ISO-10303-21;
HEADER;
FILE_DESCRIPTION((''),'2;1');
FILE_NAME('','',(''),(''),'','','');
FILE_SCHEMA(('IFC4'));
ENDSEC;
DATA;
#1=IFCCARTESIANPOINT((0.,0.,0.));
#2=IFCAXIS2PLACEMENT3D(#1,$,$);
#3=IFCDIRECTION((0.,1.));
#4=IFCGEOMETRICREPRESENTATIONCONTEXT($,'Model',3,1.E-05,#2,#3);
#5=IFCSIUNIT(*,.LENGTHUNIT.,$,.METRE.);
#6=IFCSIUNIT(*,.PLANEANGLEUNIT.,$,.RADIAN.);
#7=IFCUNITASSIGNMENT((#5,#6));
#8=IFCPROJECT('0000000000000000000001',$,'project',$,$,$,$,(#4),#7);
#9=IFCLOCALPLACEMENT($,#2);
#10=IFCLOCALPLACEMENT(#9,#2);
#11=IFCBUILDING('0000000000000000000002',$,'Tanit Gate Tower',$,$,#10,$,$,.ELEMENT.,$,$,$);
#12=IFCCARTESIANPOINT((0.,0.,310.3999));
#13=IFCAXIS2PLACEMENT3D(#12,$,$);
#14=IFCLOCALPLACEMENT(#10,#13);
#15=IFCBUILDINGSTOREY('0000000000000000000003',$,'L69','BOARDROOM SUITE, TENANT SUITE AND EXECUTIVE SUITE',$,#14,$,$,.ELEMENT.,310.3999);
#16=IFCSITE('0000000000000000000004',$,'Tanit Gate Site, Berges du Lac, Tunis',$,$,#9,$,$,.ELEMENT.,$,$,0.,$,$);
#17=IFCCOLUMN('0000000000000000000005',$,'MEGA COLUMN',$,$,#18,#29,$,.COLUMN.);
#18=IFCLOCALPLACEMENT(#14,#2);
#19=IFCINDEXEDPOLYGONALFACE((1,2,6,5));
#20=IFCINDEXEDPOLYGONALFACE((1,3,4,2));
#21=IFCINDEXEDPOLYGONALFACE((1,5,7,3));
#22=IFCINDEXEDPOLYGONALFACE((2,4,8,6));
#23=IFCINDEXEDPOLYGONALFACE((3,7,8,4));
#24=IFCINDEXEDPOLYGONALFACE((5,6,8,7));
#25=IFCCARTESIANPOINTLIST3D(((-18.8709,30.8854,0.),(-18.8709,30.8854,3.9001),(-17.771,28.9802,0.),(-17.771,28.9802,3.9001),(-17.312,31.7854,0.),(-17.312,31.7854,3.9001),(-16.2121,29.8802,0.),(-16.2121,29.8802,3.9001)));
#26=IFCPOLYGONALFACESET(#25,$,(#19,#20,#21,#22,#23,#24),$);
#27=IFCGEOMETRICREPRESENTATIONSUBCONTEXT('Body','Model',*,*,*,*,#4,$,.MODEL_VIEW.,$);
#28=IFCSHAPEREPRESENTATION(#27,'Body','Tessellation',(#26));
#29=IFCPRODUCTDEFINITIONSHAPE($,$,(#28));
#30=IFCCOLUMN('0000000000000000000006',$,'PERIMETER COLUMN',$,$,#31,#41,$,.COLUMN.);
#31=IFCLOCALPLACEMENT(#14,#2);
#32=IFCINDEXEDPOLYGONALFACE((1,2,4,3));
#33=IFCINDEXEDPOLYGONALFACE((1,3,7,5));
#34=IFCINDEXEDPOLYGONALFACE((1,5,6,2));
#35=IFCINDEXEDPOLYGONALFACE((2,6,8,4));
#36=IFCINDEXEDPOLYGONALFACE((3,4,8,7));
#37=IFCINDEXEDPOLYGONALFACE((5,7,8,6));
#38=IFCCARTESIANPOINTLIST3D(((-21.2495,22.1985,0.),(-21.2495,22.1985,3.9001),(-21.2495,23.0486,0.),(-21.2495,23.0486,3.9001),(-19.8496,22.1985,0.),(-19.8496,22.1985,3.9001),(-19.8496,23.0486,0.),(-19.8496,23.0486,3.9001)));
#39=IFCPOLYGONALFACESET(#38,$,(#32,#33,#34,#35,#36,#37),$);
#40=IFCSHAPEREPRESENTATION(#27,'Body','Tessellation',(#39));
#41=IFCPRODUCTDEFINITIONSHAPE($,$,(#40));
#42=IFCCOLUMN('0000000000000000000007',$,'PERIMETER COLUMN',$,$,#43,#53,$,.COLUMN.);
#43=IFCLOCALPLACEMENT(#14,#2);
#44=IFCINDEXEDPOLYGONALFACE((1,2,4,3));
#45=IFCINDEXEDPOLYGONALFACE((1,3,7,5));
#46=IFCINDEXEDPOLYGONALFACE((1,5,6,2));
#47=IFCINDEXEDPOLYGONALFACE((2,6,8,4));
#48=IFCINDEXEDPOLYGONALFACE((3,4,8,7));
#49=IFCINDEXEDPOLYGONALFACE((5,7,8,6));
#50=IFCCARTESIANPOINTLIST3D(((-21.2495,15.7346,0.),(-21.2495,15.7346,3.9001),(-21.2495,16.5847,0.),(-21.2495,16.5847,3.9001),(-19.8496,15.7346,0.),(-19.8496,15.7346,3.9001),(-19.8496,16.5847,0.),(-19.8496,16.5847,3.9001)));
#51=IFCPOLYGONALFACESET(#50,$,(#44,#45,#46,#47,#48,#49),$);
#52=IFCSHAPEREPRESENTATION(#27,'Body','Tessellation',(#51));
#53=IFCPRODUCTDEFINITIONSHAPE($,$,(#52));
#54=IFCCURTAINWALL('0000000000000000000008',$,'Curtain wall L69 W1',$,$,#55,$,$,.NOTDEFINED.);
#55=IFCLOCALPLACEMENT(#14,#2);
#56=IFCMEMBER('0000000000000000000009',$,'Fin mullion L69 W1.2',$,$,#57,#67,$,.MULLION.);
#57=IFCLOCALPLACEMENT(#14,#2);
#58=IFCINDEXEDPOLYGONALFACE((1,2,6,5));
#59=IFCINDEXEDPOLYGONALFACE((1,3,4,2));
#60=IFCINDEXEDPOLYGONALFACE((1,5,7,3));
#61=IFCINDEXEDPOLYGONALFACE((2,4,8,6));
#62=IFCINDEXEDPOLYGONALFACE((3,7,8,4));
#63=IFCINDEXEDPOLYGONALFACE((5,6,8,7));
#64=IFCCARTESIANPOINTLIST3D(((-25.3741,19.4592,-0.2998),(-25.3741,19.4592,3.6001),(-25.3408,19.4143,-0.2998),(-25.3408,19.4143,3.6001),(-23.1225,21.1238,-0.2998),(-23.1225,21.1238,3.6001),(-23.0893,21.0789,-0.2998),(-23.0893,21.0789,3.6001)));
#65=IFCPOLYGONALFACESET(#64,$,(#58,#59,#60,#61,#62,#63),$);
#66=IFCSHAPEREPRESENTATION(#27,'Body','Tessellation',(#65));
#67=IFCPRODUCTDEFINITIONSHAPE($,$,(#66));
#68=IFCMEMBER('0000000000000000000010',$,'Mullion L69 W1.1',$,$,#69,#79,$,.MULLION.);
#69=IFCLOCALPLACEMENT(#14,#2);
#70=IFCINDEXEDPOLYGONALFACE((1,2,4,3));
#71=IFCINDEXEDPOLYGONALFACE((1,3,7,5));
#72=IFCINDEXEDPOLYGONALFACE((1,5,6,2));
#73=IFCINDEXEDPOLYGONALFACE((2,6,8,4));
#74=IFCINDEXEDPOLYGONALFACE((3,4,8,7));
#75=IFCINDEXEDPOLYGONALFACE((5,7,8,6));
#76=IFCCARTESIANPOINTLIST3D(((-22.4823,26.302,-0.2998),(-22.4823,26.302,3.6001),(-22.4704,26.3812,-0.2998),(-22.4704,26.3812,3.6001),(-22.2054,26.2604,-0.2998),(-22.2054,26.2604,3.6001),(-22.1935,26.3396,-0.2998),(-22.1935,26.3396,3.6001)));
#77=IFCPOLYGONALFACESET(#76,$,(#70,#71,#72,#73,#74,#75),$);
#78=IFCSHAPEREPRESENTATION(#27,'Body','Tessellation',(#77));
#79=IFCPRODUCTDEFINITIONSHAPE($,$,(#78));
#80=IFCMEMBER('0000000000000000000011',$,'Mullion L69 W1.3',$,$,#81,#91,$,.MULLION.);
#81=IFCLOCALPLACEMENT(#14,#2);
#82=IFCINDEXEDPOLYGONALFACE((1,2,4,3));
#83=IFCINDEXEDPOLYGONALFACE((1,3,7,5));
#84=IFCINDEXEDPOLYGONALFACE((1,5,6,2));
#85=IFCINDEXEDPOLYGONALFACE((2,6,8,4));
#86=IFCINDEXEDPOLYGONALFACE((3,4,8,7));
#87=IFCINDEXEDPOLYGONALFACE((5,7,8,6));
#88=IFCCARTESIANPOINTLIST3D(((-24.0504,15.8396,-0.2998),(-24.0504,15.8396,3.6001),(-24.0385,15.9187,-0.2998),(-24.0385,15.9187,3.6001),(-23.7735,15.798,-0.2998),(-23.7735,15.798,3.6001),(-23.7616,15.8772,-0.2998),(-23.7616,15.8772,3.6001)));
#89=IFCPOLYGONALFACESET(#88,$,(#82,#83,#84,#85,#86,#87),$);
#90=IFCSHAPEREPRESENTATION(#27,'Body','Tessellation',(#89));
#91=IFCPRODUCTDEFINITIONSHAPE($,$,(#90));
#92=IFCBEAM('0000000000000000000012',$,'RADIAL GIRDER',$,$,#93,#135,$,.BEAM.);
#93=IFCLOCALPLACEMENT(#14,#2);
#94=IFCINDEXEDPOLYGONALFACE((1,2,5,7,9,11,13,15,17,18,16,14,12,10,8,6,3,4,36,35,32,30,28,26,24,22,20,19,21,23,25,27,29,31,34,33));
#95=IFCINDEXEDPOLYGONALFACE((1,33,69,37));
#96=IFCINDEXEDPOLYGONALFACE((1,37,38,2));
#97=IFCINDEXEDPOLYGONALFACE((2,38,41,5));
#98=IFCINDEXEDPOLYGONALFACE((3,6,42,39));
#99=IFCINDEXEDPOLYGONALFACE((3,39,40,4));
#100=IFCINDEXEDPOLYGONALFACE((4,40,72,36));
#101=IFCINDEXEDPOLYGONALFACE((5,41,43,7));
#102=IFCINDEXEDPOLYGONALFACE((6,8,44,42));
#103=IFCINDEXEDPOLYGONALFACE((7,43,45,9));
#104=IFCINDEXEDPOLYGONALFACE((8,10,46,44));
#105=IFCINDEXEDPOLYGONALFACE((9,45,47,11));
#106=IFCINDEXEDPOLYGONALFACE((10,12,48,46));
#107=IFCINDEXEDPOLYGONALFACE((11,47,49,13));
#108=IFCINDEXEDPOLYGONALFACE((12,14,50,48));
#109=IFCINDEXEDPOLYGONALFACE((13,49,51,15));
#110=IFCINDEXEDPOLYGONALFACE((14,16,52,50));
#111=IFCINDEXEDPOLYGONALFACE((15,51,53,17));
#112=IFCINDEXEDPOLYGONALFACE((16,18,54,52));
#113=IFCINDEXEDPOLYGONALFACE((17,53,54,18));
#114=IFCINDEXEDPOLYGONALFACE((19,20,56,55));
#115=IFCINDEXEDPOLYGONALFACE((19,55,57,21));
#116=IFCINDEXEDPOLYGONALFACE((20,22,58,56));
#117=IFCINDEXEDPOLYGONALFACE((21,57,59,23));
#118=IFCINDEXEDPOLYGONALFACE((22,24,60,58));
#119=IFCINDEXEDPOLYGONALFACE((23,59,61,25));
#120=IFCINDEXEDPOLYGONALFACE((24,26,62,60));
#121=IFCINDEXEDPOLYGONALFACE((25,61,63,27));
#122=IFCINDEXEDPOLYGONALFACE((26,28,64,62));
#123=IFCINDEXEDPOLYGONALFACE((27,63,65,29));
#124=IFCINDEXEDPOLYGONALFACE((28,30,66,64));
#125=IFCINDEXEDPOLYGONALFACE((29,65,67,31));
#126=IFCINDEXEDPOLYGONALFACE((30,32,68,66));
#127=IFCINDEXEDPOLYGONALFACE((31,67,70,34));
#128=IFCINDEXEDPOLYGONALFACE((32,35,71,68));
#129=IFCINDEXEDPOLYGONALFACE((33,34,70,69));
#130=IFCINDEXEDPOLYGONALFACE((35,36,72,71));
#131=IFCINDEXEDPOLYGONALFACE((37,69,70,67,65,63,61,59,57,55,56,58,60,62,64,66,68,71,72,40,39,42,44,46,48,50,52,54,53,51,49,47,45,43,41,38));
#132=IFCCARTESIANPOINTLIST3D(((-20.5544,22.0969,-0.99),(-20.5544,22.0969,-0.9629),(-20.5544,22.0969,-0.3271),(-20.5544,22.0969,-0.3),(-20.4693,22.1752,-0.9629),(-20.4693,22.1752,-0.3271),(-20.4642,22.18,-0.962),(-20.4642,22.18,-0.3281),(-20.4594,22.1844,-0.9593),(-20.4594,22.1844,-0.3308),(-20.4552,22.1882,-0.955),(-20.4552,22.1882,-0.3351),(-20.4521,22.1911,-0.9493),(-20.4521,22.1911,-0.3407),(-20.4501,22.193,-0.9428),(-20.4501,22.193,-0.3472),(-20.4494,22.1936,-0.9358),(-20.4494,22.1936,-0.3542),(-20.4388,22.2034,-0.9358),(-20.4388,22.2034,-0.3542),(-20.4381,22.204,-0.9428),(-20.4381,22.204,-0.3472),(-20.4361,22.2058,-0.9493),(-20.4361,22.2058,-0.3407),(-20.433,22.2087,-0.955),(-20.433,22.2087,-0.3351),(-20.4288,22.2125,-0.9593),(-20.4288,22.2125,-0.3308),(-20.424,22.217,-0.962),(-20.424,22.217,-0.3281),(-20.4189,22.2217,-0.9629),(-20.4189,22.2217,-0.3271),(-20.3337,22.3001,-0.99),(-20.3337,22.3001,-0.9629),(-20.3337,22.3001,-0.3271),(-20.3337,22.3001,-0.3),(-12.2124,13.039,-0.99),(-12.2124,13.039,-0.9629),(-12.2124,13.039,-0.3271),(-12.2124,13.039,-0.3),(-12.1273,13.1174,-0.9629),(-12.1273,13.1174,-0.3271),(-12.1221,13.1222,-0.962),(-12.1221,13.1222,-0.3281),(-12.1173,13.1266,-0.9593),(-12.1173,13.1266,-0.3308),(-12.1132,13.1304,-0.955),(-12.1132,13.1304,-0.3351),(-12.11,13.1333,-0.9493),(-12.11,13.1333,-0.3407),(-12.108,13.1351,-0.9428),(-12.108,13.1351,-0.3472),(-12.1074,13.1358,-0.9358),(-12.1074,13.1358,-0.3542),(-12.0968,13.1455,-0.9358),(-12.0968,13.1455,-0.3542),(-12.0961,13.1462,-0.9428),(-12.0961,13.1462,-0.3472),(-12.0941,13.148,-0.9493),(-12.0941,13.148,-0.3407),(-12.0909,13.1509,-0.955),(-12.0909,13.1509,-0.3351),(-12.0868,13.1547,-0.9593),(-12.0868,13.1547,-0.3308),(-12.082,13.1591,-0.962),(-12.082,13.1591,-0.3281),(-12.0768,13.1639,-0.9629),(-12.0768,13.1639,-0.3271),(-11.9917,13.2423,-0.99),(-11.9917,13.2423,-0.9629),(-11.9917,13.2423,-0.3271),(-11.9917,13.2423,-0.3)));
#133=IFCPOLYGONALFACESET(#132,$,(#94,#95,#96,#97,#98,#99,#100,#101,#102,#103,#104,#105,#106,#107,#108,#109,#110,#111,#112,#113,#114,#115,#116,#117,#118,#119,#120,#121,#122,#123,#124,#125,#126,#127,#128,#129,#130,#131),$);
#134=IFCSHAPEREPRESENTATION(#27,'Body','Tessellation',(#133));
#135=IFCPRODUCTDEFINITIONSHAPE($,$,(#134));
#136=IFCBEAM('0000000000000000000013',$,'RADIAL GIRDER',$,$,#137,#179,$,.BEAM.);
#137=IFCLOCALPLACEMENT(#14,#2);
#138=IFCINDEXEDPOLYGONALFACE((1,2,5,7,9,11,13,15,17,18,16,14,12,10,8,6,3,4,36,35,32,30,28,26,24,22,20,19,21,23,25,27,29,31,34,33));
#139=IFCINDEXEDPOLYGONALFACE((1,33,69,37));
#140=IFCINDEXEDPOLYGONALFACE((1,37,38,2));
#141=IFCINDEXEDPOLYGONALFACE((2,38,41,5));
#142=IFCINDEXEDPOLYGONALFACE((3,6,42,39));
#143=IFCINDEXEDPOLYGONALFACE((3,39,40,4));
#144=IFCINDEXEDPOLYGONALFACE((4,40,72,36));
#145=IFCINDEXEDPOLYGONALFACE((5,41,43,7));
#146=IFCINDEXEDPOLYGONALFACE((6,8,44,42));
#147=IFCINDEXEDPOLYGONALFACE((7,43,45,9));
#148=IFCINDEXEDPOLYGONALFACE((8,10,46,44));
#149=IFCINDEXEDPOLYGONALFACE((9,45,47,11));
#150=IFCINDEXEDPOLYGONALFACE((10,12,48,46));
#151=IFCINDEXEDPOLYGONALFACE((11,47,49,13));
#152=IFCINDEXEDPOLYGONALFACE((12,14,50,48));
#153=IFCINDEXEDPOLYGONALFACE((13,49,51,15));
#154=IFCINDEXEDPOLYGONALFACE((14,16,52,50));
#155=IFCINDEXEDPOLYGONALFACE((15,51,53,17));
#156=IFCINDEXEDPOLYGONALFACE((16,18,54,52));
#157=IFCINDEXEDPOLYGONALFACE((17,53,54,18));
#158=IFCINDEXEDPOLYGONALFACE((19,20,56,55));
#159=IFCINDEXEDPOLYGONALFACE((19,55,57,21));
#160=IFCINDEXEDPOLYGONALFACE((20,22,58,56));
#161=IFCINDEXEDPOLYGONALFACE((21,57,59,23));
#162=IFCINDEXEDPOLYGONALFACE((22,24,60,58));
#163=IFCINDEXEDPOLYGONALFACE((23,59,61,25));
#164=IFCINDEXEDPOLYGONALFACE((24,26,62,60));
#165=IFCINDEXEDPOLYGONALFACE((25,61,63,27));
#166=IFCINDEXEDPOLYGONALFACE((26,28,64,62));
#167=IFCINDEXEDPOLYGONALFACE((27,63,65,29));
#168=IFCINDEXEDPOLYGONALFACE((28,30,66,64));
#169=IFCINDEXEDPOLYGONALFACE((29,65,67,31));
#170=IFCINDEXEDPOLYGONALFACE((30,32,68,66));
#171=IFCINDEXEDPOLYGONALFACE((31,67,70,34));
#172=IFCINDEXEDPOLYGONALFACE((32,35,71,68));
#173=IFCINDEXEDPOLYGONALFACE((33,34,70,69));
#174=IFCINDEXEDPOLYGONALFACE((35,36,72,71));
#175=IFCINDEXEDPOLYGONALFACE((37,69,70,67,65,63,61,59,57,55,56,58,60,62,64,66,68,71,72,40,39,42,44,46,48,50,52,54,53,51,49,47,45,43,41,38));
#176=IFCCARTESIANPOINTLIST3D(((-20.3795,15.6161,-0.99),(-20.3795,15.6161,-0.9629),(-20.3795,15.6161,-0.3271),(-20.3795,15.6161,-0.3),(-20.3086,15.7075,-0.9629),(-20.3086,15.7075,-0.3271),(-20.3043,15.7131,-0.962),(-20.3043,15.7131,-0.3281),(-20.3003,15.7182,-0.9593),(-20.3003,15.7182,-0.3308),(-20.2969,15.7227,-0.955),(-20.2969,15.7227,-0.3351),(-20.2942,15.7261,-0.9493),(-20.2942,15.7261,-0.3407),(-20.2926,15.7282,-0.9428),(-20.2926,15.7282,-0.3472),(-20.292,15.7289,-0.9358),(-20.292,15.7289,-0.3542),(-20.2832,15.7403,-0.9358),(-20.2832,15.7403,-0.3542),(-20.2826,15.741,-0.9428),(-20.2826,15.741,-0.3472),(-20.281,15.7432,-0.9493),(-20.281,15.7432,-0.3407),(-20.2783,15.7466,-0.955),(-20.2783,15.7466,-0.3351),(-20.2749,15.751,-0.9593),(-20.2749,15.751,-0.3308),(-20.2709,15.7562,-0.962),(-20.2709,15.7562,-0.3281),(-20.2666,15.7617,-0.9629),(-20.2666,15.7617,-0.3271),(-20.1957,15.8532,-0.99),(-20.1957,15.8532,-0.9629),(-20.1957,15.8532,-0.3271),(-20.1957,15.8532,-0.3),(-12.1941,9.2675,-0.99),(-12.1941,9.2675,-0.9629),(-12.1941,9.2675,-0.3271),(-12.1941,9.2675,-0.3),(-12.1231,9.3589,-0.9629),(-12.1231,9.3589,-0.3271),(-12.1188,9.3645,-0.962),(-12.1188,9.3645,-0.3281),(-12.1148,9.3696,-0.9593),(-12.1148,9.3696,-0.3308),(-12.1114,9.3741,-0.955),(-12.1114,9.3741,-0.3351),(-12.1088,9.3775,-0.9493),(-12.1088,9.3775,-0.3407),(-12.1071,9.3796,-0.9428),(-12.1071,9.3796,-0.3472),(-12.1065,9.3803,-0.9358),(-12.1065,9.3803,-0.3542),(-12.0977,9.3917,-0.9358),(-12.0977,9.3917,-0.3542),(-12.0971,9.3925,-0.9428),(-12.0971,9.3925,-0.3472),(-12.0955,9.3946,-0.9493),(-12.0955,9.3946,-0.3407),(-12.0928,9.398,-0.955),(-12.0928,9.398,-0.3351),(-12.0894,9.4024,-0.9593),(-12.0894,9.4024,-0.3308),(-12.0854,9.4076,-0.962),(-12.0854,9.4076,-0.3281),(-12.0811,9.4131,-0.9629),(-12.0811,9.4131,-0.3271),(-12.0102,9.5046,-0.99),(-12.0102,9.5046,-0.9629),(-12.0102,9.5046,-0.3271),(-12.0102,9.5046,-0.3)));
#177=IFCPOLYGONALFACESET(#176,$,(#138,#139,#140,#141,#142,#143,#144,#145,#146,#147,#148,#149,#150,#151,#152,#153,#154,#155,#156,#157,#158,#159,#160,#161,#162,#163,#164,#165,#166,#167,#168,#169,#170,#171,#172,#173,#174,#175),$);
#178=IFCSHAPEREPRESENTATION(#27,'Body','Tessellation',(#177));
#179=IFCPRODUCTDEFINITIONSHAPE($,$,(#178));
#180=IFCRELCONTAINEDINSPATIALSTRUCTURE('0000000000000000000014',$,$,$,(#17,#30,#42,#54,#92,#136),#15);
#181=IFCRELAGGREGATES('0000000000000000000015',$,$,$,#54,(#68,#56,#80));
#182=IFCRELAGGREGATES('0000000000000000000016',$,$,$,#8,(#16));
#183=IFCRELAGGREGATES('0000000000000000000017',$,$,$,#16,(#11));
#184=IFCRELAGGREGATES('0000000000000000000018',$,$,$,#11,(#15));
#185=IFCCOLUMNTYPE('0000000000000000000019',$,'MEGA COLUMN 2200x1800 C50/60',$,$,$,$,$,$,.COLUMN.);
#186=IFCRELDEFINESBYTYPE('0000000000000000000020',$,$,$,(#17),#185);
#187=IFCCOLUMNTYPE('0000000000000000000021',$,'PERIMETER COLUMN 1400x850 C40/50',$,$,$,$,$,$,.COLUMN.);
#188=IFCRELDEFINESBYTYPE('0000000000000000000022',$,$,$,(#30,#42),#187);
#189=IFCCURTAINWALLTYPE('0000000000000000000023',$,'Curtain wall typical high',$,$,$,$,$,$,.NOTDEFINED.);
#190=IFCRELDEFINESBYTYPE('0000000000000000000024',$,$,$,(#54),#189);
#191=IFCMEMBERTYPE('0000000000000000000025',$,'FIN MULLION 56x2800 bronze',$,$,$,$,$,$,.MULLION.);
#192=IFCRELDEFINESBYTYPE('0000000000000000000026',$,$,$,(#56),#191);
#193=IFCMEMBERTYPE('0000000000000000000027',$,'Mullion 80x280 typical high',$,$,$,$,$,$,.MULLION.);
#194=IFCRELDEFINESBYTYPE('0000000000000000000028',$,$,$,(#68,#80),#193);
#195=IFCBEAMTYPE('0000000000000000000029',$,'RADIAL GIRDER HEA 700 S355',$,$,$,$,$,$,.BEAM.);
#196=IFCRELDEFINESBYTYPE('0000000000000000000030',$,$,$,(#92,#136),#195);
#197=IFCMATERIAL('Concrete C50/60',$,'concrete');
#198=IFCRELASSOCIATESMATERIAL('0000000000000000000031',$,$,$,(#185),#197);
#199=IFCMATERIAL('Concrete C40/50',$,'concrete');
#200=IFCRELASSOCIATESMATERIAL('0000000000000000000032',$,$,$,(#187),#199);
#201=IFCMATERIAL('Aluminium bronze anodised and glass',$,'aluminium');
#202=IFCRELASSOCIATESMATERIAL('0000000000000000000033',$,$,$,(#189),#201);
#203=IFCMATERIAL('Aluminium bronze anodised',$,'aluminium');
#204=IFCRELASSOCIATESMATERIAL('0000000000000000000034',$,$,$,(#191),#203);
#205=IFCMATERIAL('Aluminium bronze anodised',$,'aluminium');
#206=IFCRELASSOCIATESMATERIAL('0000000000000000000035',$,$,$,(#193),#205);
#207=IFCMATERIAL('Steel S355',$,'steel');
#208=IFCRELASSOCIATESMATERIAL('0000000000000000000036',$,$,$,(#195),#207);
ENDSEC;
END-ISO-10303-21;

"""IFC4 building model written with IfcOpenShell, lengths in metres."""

from ifc_helpers import new_model, si_unit, direction, frame, origin, origin_2d, place, context, subcontext, project, spatial, rectangle, i_section, extrude, material, material_profile, profile_set, type_object, element, aggregate, save


model = new_model("IFC4")

# Units and contexts
model_context = context("Model", 3, precision=1e-05, world=origin(), true_north=direction((0.0, 1.0)))
body_context = subcontext(model_context, "Body", "Model", "MODEL_VIEW")
ifc_project = project(units=[si_unit("LENGTHUNIT", "METRE"), si_unit("PLANEANGLEUNIT", "RADIAN")], contexts=[model_context])

# Site, building, storey
site_placement = place(None, origin())
site = spatial("IfcSite", under=ifc_project, at=site_placement, Name="Tanit Gate Site, Berges du Lac, Tunis", CompositionType="ELEMENT", RefElevation=0.0)
building_placement = place(site_placement, origin())
building = spatial("IfcBuilding", under=site, at=building_placement, Name="Tanit Gate Tower", CompositionType="ELEMENT")
storey_placement = place(building_placement, frame((0.0, 0.0, 310.3999)))
storey = spatial("IfcBuildingStorey", under=building, at=storey_placement, Name="L69", Description="BOARDROOM SUITE, TENANT SUITE AND EXECUTIVE SUITE", CompositionType="ELEMENT", Elevation=310.3999)

# Columns
ifc_material_1 = material(Name="Concrete C50/60", Category="concrete")
ifc_material_profile_1 = material_profile(ifc_material_1, rectangle(XDim=2.2, YDim=1.8, at=origin_2d()), Name="RC 2200x1800")
ifc_profile_set_1 = profile_set([ifc_material_profile_1], Name="Concrete C50/60")
column_type_1 = type_object("IfcColumnType", Name="MEGA COLUMN 2200x1800 C50/60", PredefinedType="COLUMN", material=ifc_profile_set_1)
column_placement = place(storey_placement, frame((-17.5415, 30.3828, 0.0), z_axis=(0.0, 0.0, 1.0), x_axis=(-0.5, 0.866025, 0.0)))
element("IfcColumn", 1, at=column_placement, inside=storey, type_object=column_type_1, Name="MEGA COLUMN", PredefinedType="COLUMN", context=body_context, shape_type="SweptSolid", body=[
    extrude(rectangle(XDim=2.2, YDim=1.8, at=origin_2d()), origin(), (0.0, 0.0, 1.0), 3.9001),
])
ifc_material_2 = material(Name="Concrete C40/50", Category="concrete")
ifc_material_profile_2 = material_profile(ifc_material_2, rectangle(XDim=1.3999, YDim=0.8501, at=origin_2d()), Name="RC 1400x850")
ifc_profile_set_2 = profile_set([ifc_material_profile_2], Name="Concrete C40/50")
column_type_2 = type_object("IfcColumnType", Name="PERIMETER COLUMN 1400x850 C40/50", PredefinedType="COLUMN", material=ifc_profile_set_2)
for number, where, z_axis, x_axis, name in (
    (2, (-20.5496, 22.6235, 0.0), (0.0, 0.0, 1.0), (-1.0, 0.0, 0.0), "PERIMETER COLUMN"),
    (3, (-20.5496, 16.1597, 0.0), (0.0, 0.0, 1.0), (-1.0, 0.0, 0.0), "PERIMETER COLUMN"),
):
    element("IfcColumn", number, at=place(storey_placement, frame(where, z_axis=z_axis, x_axis=x_axis)), inside=storey, type_object=column_type_2, Name=name, PredefinedType="COLUMN", context=body_context, shape_type="SweptSolid", body=[
        extrude(rectangle(XDim=1.3999, YDim=0.8501, at=origin_2d()), origin(), (0.0, 0.0, 1.0), 3.9001),
    ])

# Curtain wall, members
ifc_material_3 = material(Name="Aluminium bronze anodised and glass", Category="aluminium")
curtain_wall_type = type_object("IfcCurtainWallType", Name="Curtain wall typical high", PredefinedType="NOTDEFINED", material=ifc_material_3)
curtain_wall_1_placement = place(storey_placement, origin())
curtain_wall_1 = element("IfcCurtainWall", 4, at=curtain_wall_1_placement, inside=storey, type_object=curtain_wall_type, Name="Curtain wall L69 W1", PredefinedType="NOTDEFINED")
ifc_material_4 = material(Name="Aluminium bronze anodised", Category="aluminium")
ifc_material_profile_3 = material_profile(ifc_material_4, rectangle(XDim=2.8, YDim=0.0559, at=origin_2d()), Name="56x2800 bronze fin mullion")
ifc_profile_set_3 = profile_set([ifc_material_profile_3], Name="Aluminium bronze anodised")
member_type_1 = type_object("IfcMemberType", Name="FIN MULLION 56x2800 bronze", PredefinedType="MULLION", material=ifc_profile_set_3)
member_1_placement = place(storey_placement, frame((-24.2317, 20.269, -0.2998), z_axis=(0.0, 0.0, 1.0), x_axis=(0.804109, 0.594482, 0.0)))
member_1 = element("IfcMember", 5, at=member_1_placement, type_object=member_type_1, Name="Fin mullion L69 W1.2", PredefinedType="MULLION", context=body_context, shape_type="SweptSolid", body=[
    extrude(rectangle(XDim=2.8, YDim=0.0559, at=origin_2d()), origin(), (0.0, 0.0, 1.0), 3.8999),
])
ifc_material_5 = material(Name="Aluminium bronze anodised", Category="aluminium")
ifc_material_profile_4 = material_profile(ifc_material_5, rectangle(XDim=0.28, YDim=0.0801, at=origin_2d()), Name="80x280 bronze mullion")
ifc_profile_set_4 = profile_set([ifc_material_profile_4], Name="Aluminium bronze anodised")
member_type_2 = type_object("IfcMemberType", Name="Mullion 80x280 typical high", PredefinedType="MULLION", material=ifc_profile_set_4)
member_2_placement = place(storey_placement, frame((-22.3379, 26.3208, -0.2998), z_axis=(0.0, 0.0, 1.0), x_axis=(0.988953, -0.148229, 0.0)))
member_2 = element("IfcMember", 6, at=member_2_placement, type_object=member_type_2, Name="Mullion L69 W1.1", PredefinedType="MULLION", context=body_context, shape_type="SweptSolid", body=[
    extrude(rectangle(XDim=0.28, YDim=0.0801, at=origin_2d()), origin(), (0.0, 0.0, 1.0), 3.8999),
])
member_3_placement = place(storey_placement, frame((-23.906, 15.8584, -0.2998), z_axis=(0.0, 0.0, 1.0), x_axis=(0.988953, -0.148229, 0.0)))
member_3 = element("IfcMember", 7, at=member_3_placement, type_object=member_type_2, Name="Mullion L69 W1.3", PredefinedType="MULLION", context=body_context, shape_type="SweptSolid", body=[
    extrude(rectangle(XDim=0.28, YDim=0.0801, at=origin_2d()), origin(), (0.0, 0.0, 1.0), 3.8999),
])

# Beams
ifc_material_6 = material(Name="Steel S355", Category="steel")
ifc_material_profile_5 = material_profile(ifc_material_6, i_section(OverallWidth=0.3, OverallDepth=0.6899, WebThickness=0.0144, FlangeThickness=0.0271, FilletRadius=0.0271, at=origin_2d()), Name="HEA 700")
ifc_profile_set_5 = profile_set([ifc_material_profile_5], Name="Steel S355")
beam_type_1 = type_object("IfcBeamType", Name="RADIAL GIRDER HEA 700 S355", PredefinedType="BEAM", material=ifc_profile_set_5)
beam_1_placement = place(storey_placement, frame((-20.4441, 22.1985, -0.645), z_axis=(0.677444, -0.735574, 0.0), x_axis=(0.735574, 0.677444, 0.0)))
element("IfcBeam", 8, at=beam_1_placement, inside=storey, type_object=beam_type_1, Name="RADIAL GIRDER", PredefinedType="BEAM", context=body_context, shape_type="SweptSolid", body=[
    extrude(i_section(OverallWidth=0.3, OverallDepth=0.6899, WebThickness=0.0144, FlangeThickness=0.0271, FilletRadius=0.0271, at=origin_2d()), origin(), (0.0, 0.0, 1.0), 12.314),
])
beam_2_placement = place(storey_placement, frame((-20.2876, 15.7346, -0.645), z_axis=(0.790189, -0.612863, 0.0), x_axis=(0.612863, 0.790189, 0.0)))
element("IfcBeam", 9, at=beam_2_placement, inside=storey, type_object=beam_type_1, Name="RADIAL GIRDER", PredefinedType="BEAM", context=body_context, shape_type="SweptSolid", body=[
    extrude(i_section(OverallWidth=0.3, OverallDepth=0.6899, WebThickness=0.0144, FlangeThickness=0.0271, FilletRadius=0.0271, at=origin_2d()), origin(), (0.0, 0.0, 1.0), 10.3589),
])

aggregate(curtain_wall_1, [member_2, member_1, member_3])

save(model, "model.ifc")
